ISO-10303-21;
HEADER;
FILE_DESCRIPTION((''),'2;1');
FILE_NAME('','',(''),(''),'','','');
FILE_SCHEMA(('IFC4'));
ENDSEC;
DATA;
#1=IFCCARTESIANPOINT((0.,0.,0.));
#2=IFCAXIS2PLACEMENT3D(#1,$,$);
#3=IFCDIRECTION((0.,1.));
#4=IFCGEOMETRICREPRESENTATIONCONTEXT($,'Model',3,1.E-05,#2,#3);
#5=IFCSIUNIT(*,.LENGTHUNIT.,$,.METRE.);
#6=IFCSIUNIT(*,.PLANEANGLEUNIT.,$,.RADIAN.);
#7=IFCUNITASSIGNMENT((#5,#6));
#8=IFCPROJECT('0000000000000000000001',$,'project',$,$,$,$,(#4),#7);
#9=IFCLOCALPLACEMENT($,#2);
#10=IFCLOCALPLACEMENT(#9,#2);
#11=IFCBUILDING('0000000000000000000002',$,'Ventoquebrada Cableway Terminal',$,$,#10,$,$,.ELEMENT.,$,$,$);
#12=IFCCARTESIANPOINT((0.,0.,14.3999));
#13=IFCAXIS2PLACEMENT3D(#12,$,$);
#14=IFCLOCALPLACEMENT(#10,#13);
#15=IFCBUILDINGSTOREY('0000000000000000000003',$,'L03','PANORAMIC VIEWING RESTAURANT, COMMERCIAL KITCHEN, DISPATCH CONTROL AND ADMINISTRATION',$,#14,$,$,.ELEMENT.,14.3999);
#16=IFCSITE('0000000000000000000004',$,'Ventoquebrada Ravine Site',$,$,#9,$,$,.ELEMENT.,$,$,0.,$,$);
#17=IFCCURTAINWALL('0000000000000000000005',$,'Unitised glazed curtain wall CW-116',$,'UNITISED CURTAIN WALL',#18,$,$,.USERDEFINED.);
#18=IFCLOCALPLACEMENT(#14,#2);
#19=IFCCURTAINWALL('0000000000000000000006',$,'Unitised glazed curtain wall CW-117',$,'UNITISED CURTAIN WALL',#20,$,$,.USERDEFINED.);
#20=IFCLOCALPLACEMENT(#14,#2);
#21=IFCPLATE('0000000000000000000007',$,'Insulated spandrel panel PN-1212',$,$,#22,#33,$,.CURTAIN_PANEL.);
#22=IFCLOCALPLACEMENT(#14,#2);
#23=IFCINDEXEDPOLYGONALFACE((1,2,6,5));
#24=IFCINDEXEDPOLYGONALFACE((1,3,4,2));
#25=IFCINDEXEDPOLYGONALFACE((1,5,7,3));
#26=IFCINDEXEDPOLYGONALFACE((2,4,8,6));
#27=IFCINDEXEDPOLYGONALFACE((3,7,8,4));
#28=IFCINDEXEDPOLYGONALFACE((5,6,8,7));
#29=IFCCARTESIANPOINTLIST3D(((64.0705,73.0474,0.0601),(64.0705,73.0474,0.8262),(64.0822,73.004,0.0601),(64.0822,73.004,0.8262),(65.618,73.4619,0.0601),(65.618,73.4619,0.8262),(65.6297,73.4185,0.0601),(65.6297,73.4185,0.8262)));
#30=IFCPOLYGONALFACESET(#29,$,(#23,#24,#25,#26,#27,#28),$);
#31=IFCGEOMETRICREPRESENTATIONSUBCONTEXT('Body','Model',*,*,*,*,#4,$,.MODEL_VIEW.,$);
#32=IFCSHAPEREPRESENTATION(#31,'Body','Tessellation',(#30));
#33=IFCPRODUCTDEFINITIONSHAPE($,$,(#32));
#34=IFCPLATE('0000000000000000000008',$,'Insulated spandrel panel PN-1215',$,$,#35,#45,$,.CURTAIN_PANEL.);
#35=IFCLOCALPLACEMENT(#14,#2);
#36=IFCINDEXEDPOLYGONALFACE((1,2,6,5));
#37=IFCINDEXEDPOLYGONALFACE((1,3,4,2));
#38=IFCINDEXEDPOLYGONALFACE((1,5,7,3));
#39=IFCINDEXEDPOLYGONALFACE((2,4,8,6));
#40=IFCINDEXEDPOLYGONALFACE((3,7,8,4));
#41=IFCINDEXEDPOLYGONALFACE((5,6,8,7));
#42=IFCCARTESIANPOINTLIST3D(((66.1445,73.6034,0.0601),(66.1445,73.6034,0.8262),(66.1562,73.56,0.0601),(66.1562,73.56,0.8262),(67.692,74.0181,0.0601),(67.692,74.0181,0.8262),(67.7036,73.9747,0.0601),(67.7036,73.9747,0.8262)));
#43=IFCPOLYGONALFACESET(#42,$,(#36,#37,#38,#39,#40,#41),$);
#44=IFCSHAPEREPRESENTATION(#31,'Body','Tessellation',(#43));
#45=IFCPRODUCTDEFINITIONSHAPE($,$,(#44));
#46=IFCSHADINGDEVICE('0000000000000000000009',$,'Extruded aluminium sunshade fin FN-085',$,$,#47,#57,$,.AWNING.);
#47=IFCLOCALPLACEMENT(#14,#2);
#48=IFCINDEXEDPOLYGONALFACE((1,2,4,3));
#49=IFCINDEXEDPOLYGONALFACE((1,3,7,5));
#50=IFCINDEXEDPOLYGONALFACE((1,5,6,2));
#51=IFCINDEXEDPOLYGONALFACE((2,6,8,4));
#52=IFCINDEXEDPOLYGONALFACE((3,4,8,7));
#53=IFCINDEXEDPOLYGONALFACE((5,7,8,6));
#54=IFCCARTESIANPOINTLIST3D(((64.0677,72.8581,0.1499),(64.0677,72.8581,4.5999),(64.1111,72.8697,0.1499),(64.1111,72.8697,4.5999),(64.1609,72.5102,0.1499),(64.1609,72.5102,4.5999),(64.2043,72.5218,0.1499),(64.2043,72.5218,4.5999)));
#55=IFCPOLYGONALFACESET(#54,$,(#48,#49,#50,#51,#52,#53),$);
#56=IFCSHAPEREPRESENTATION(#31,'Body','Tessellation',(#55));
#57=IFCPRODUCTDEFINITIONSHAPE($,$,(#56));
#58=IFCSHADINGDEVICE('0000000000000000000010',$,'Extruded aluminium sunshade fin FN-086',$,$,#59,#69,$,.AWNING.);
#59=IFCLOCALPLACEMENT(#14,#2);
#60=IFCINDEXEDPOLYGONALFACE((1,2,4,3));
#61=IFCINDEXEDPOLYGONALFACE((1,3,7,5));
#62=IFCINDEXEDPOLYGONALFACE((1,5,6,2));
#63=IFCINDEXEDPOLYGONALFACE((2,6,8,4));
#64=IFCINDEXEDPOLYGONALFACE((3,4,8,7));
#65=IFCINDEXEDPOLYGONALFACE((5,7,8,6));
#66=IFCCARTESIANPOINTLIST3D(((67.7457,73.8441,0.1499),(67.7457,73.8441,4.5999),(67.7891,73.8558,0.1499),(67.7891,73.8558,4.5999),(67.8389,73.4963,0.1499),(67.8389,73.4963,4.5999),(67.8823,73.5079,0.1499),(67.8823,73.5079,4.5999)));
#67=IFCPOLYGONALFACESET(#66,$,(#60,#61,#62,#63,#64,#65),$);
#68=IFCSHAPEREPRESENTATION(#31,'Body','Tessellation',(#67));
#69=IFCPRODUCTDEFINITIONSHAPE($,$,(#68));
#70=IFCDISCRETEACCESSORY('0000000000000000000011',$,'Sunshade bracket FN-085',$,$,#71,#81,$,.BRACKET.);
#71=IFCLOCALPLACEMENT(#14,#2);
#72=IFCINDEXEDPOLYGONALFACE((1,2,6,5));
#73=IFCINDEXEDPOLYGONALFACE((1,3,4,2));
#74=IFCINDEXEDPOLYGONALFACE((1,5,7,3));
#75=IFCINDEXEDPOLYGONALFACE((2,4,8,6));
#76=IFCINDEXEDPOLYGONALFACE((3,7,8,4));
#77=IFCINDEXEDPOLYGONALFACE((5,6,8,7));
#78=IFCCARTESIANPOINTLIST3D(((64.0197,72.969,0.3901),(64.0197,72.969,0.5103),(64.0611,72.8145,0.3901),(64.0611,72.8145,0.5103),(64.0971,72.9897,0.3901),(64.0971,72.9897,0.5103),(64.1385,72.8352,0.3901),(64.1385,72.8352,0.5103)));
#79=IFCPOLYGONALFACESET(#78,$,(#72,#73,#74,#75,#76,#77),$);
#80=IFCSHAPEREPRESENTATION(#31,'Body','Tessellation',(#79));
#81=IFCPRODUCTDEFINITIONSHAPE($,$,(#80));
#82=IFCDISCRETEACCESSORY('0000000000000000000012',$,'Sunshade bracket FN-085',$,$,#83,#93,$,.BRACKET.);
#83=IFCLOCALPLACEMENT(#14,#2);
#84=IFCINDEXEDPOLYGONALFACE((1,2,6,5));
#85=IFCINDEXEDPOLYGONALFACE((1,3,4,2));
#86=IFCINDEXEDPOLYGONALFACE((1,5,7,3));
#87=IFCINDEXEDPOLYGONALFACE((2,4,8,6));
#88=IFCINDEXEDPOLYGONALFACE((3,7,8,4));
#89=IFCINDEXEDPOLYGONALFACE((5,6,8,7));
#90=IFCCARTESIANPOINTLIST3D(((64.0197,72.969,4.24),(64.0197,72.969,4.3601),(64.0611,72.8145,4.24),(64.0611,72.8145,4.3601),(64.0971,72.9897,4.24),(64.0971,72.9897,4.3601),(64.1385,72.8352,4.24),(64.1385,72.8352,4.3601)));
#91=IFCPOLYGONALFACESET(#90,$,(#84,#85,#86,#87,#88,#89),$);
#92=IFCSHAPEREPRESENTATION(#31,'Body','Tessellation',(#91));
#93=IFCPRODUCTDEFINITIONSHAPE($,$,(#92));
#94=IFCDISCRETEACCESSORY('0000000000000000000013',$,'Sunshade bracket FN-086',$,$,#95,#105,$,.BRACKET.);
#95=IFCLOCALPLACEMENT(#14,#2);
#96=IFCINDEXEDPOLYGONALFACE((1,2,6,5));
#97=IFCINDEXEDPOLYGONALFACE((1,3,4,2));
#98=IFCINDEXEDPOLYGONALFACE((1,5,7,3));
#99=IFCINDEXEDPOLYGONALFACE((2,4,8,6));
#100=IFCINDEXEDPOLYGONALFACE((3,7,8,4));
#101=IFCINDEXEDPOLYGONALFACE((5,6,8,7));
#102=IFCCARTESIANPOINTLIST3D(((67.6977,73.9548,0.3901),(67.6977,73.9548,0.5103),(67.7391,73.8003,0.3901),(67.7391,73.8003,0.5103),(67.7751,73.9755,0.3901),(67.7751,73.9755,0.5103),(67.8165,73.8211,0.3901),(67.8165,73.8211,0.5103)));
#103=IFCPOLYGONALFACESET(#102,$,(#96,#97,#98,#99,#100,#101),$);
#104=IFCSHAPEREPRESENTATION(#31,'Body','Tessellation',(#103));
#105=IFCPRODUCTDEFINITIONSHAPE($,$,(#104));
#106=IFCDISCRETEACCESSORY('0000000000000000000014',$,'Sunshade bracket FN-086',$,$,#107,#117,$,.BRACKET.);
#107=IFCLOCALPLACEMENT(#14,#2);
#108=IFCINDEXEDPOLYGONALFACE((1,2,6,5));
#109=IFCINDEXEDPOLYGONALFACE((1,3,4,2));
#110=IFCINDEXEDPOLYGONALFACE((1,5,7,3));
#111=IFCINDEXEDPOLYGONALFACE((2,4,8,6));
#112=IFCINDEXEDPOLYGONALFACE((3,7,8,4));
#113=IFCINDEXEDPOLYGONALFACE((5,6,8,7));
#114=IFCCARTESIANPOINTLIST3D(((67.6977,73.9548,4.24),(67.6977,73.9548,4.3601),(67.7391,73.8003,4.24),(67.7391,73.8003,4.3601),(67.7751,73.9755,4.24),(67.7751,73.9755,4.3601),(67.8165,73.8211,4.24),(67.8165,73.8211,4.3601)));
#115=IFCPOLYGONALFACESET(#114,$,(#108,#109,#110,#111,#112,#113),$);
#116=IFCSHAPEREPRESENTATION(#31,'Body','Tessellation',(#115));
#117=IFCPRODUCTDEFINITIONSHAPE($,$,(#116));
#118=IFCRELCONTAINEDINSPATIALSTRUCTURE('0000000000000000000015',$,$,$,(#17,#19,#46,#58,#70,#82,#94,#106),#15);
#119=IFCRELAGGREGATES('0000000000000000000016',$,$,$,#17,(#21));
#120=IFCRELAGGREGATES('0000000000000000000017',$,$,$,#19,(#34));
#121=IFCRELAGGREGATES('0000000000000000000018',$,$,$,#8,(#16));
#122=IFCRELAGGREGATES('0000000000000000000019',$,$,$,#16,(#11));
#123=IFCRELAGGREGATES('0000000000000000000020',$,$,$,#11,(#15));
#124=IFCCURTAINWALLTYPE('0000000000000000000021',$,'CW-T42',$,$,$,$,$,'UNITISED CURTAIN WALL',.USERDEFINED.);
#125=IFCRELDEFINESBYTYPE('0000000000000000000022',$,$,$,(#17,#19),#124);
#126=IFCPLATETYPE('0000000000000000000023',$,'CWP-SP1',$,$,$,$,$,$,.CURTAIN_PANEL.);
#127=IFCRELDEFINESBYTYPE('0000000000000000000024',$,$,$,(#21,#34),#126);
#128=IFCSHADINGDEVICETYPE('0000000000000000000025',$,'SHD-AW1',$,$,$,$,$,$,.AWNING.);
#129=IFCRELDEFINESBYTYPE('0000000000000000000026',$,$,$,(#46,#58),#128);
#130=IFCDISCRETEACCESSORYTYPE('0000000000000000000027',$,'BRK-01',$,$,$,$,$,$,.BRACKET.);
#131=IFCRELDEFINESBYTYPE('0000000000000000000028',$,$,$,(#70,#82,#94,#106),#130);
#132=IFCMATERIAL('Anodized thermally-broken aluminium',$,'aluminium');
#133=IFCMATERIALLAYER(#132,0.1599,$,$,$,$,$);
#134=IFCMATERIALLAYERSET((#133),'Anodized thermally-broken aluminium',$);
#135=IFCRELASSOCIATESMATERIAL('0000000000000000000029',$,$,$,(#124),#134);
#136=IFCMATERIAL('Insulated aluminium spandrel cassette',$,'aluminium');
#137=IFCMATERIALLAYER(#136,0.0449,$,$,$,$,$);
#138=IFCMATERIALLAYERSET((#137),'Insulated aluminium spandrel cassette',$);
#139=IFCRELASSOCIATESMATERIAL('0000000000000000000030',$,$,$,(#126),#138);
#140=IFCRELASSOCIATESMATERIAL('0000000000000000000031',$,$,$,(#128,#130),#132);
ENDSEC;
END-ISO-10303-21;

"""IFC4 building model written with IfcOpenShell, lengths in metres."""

from ifc_helpers import new_model, si_unit, direction, frame, origin, origin_2d, place, context, subcontext, project, spatial, rectangle, extrude, material, layer, layer_set, type_object, element, aggregate, save


model = new_model("IFC4")

# Units and contexts
model_context = context("Model", 3, precision=1e-05, world=origin(), true_north=direction((0.0, 1.0)))
body_context = subcontext(model_context, "Body", "Model", "MODEL_VIEW")
ifc_project = project(units=[si_unit("LENGTHUNIT", "METRE"), si_unit("PLANEANGLEUNIT", "RADIAN")], contexts=[model_context])

# Site, building, storey
site_placement = place(None, origin())
site = spatial("IfcSite", under=ifc_project, at=site_placement, Name="Ventoquebrada Ravine Site", CompositionType="ELEMENT", RefElevation=0.0)
building_placement = place(site_placement, origin())
building = spatial("IfcBuilding", under=site, at=building_placement, Name="Ventoquebrada Cableway Terminal", CompositionType="ELEMENT")
storey_placement = place(building_placement, frame((0.0, 0.0, 14.3999)))
storey = spatial("IfcBuildingStorey", under=building, at=storey_placement, Name="L03", Description="PANORAMIC VIEWING RESTAURANT, COMMERCIAL KITCHEN, DISPATCH CONTROL AND ADMINISTRATION", CompositionType="ELEMENT", Elevation=14.3999)

# Curtain walls
ifc_material_1 = material(Name="Anodized thermally-broken aluminium", Category="aluminium")
ifc_layer_1 = layer(ifc_material_1, 0.1599)
ifc_layer_set_1 = layer_set([ifc_layer_1], Name="Anodized thermally-broken aluminium")
curtain_wall_type = type_object("IfcCurtainWallType", Name="CW-T42", ElementType="UNITISED CURTAIN WALL", PredefinedType="USERDEFINED", material=ifc_layer_set_1)
curtain_wall_1_placement = place(storey_placement, origin())
curtain_wall_1 = element("IfcCurtainWall", 1, at=curtain_wall_1_placement, inside=storey, type_object=curtain_wall_type, Name="Unitised glazed curtain wall CW-116", ObjectType="UNITISED CURTAIN WALL", PredefinedType="USERDEFINED")
curtain_wall_2_placement = place(storey_placement, origin())
curtain_wall_2 = element("IfcCurtainWall", 2, at=curtain_wall_2_placement, inside=storey, type_object=curtain_wall_type, Name="Unitised glazed curtain wall CW-117", ObjectType="UNITISED CURTAIN WALL", PredefinedType="USERDEFINED")

# Plates
ifc_material_2 = material(Name="Insulated aluminium spandrel cassette", Category="aluminium")
ifc_layer_2 = layer(ifc_material_2, 0.0449)
ifc_layer_set_2 = layer_set([ifc_layer_2], Name="Insulated aluminium spandrel cassette")
plate_type_1 = type_object("IfcPlateType", Name="CWP-SP1", PredefinedType="CURTAIN_PANEL", material=ifc_layer_set_2)
plate_1_placement = place(storey_placement, frame((64.8501, 73.2329, 0.0601), z_axis=(0.0, 0.0, 1.0), x_axis=(0.965948, 0.258735, 0.0)))
plate_1 = element("IfcPlate", 3, at=plate_1_placement, type_object=plate_type_1, Name="Insulated spandrel panel PN-1212", PredefinedType="CURTAIN_PANEL", context=body_context, shape_type="SweptSolid", body=[
    extrude(rectangle(XDim=1.6021, YDim=0.0449, at=origin_2d()), origin(), (0.0, 0.0, 1.0), 0.7661),
])
aggregate(curtain_wall_1, [plate_1])
plate_2_placement = place(storey_placement, frame((66.9241, 73.7891, 0.0601), z_axis=(0.0, 0.0, 1.0), x_axis=(0.965921, 0.258836, 0.0)))
plate_2 = element("IfcPlate", 4, at=plate_2_placement, type_object=plate_type_1, Name="Insulated spandrel panel PN-1215", PredefinedType="CURTAIN_PANEL", context=body_context, shape_type="SweptSolid", body=[
    extrude(rectangle(XDim=1.6021, YDim=0.0449, at=origin_2d()), origin(), (0.0, 0.0, 1.0), 0.7661),
])
aggregate(curtain_wall_2, [plate_2])

# Shading devices
shading_device_type = type_object("IfcShadingDeviceType", Name="SHD-AW1", PredefinedType="AWNING", material=ifc_material_1)
for number, where, z_axis, x_axis, name in (
    (5, (64.136, 72.6899, 0.1499), (0.0, 0.0, 1.0), (0.965948, 0.258735, 0.0), "Extruded aluminium sunshade fin FN-085"),
    (6, (67.814, 73.676, 0.1499), (0.0, 0.0, 1.0), (0.965921, 0.258836, 0.0), "Extruded aluminium sunshade fin FN-086"),
):
    element("IfcShadingDevice", number, at=place(storey_placement, frame(where, z_axis=z_axis, x_axis=x_axis)), inside=storey, type_object=shading_device_type, Name=name, PredefinedType="AWNING", context=body_context, shape_type="SweptSolid", body=[
        extrude(rectangle(XDim=0.0449, YDim=0.3601, at=origin_2d()), origin(), (0.0, 0.0, 1.0), 4.45),
    ])

# Discrete accessories
discrete_accessory_type = type_object("IfcDiscreteAccessoryType", Name="BRK-01", PredefinedType="BRACKET", material=ifc_material_1)
for number, where, z_axis, x_axis, name in (
    (7, (64.0791, 72.9021, 0.3901), (0.0, 0.0, 1.0), (0.965948, 0.258735, 0.0), "Sunshade bracket FN-085"),
    (8, (64.0791, 72.9021, 4.24), (0.0, 0.0, 1.0), (0.965948, 0.258735, 0.0), "Sunshade bracket FN-085"),
    (9, (67.7571, 73.8879, 0.3901), (0.0, 0.0, 1.0), (0.965921, 0.258836, 0.0), "Sunshade bracket FN-086"),
    (10, (67.7571, 73.8879, 4.24), (0.0, 0.0, 1.0), (0.965921, 0.258836, 0.0), "Sunshade bracket FN-086"),
):
    element("IfcDiscreteAccessory", number, at=place(storey_placement, frame(where, z_axis=z_axis, x_axis=x_axis)), inside=storey, type_object=discrete_accessory_type, Name=name, PredefinedType="BRACKET", context=body_context, shape_type="SweptSolid", body=[
        extrude(rectangle(XDim=0.0801, YDim=0.1599, at=origin_2d()), origin(), (0.0, 0.0, 1.0), 0.1201),
    ])

save(model, "model.ifc")
